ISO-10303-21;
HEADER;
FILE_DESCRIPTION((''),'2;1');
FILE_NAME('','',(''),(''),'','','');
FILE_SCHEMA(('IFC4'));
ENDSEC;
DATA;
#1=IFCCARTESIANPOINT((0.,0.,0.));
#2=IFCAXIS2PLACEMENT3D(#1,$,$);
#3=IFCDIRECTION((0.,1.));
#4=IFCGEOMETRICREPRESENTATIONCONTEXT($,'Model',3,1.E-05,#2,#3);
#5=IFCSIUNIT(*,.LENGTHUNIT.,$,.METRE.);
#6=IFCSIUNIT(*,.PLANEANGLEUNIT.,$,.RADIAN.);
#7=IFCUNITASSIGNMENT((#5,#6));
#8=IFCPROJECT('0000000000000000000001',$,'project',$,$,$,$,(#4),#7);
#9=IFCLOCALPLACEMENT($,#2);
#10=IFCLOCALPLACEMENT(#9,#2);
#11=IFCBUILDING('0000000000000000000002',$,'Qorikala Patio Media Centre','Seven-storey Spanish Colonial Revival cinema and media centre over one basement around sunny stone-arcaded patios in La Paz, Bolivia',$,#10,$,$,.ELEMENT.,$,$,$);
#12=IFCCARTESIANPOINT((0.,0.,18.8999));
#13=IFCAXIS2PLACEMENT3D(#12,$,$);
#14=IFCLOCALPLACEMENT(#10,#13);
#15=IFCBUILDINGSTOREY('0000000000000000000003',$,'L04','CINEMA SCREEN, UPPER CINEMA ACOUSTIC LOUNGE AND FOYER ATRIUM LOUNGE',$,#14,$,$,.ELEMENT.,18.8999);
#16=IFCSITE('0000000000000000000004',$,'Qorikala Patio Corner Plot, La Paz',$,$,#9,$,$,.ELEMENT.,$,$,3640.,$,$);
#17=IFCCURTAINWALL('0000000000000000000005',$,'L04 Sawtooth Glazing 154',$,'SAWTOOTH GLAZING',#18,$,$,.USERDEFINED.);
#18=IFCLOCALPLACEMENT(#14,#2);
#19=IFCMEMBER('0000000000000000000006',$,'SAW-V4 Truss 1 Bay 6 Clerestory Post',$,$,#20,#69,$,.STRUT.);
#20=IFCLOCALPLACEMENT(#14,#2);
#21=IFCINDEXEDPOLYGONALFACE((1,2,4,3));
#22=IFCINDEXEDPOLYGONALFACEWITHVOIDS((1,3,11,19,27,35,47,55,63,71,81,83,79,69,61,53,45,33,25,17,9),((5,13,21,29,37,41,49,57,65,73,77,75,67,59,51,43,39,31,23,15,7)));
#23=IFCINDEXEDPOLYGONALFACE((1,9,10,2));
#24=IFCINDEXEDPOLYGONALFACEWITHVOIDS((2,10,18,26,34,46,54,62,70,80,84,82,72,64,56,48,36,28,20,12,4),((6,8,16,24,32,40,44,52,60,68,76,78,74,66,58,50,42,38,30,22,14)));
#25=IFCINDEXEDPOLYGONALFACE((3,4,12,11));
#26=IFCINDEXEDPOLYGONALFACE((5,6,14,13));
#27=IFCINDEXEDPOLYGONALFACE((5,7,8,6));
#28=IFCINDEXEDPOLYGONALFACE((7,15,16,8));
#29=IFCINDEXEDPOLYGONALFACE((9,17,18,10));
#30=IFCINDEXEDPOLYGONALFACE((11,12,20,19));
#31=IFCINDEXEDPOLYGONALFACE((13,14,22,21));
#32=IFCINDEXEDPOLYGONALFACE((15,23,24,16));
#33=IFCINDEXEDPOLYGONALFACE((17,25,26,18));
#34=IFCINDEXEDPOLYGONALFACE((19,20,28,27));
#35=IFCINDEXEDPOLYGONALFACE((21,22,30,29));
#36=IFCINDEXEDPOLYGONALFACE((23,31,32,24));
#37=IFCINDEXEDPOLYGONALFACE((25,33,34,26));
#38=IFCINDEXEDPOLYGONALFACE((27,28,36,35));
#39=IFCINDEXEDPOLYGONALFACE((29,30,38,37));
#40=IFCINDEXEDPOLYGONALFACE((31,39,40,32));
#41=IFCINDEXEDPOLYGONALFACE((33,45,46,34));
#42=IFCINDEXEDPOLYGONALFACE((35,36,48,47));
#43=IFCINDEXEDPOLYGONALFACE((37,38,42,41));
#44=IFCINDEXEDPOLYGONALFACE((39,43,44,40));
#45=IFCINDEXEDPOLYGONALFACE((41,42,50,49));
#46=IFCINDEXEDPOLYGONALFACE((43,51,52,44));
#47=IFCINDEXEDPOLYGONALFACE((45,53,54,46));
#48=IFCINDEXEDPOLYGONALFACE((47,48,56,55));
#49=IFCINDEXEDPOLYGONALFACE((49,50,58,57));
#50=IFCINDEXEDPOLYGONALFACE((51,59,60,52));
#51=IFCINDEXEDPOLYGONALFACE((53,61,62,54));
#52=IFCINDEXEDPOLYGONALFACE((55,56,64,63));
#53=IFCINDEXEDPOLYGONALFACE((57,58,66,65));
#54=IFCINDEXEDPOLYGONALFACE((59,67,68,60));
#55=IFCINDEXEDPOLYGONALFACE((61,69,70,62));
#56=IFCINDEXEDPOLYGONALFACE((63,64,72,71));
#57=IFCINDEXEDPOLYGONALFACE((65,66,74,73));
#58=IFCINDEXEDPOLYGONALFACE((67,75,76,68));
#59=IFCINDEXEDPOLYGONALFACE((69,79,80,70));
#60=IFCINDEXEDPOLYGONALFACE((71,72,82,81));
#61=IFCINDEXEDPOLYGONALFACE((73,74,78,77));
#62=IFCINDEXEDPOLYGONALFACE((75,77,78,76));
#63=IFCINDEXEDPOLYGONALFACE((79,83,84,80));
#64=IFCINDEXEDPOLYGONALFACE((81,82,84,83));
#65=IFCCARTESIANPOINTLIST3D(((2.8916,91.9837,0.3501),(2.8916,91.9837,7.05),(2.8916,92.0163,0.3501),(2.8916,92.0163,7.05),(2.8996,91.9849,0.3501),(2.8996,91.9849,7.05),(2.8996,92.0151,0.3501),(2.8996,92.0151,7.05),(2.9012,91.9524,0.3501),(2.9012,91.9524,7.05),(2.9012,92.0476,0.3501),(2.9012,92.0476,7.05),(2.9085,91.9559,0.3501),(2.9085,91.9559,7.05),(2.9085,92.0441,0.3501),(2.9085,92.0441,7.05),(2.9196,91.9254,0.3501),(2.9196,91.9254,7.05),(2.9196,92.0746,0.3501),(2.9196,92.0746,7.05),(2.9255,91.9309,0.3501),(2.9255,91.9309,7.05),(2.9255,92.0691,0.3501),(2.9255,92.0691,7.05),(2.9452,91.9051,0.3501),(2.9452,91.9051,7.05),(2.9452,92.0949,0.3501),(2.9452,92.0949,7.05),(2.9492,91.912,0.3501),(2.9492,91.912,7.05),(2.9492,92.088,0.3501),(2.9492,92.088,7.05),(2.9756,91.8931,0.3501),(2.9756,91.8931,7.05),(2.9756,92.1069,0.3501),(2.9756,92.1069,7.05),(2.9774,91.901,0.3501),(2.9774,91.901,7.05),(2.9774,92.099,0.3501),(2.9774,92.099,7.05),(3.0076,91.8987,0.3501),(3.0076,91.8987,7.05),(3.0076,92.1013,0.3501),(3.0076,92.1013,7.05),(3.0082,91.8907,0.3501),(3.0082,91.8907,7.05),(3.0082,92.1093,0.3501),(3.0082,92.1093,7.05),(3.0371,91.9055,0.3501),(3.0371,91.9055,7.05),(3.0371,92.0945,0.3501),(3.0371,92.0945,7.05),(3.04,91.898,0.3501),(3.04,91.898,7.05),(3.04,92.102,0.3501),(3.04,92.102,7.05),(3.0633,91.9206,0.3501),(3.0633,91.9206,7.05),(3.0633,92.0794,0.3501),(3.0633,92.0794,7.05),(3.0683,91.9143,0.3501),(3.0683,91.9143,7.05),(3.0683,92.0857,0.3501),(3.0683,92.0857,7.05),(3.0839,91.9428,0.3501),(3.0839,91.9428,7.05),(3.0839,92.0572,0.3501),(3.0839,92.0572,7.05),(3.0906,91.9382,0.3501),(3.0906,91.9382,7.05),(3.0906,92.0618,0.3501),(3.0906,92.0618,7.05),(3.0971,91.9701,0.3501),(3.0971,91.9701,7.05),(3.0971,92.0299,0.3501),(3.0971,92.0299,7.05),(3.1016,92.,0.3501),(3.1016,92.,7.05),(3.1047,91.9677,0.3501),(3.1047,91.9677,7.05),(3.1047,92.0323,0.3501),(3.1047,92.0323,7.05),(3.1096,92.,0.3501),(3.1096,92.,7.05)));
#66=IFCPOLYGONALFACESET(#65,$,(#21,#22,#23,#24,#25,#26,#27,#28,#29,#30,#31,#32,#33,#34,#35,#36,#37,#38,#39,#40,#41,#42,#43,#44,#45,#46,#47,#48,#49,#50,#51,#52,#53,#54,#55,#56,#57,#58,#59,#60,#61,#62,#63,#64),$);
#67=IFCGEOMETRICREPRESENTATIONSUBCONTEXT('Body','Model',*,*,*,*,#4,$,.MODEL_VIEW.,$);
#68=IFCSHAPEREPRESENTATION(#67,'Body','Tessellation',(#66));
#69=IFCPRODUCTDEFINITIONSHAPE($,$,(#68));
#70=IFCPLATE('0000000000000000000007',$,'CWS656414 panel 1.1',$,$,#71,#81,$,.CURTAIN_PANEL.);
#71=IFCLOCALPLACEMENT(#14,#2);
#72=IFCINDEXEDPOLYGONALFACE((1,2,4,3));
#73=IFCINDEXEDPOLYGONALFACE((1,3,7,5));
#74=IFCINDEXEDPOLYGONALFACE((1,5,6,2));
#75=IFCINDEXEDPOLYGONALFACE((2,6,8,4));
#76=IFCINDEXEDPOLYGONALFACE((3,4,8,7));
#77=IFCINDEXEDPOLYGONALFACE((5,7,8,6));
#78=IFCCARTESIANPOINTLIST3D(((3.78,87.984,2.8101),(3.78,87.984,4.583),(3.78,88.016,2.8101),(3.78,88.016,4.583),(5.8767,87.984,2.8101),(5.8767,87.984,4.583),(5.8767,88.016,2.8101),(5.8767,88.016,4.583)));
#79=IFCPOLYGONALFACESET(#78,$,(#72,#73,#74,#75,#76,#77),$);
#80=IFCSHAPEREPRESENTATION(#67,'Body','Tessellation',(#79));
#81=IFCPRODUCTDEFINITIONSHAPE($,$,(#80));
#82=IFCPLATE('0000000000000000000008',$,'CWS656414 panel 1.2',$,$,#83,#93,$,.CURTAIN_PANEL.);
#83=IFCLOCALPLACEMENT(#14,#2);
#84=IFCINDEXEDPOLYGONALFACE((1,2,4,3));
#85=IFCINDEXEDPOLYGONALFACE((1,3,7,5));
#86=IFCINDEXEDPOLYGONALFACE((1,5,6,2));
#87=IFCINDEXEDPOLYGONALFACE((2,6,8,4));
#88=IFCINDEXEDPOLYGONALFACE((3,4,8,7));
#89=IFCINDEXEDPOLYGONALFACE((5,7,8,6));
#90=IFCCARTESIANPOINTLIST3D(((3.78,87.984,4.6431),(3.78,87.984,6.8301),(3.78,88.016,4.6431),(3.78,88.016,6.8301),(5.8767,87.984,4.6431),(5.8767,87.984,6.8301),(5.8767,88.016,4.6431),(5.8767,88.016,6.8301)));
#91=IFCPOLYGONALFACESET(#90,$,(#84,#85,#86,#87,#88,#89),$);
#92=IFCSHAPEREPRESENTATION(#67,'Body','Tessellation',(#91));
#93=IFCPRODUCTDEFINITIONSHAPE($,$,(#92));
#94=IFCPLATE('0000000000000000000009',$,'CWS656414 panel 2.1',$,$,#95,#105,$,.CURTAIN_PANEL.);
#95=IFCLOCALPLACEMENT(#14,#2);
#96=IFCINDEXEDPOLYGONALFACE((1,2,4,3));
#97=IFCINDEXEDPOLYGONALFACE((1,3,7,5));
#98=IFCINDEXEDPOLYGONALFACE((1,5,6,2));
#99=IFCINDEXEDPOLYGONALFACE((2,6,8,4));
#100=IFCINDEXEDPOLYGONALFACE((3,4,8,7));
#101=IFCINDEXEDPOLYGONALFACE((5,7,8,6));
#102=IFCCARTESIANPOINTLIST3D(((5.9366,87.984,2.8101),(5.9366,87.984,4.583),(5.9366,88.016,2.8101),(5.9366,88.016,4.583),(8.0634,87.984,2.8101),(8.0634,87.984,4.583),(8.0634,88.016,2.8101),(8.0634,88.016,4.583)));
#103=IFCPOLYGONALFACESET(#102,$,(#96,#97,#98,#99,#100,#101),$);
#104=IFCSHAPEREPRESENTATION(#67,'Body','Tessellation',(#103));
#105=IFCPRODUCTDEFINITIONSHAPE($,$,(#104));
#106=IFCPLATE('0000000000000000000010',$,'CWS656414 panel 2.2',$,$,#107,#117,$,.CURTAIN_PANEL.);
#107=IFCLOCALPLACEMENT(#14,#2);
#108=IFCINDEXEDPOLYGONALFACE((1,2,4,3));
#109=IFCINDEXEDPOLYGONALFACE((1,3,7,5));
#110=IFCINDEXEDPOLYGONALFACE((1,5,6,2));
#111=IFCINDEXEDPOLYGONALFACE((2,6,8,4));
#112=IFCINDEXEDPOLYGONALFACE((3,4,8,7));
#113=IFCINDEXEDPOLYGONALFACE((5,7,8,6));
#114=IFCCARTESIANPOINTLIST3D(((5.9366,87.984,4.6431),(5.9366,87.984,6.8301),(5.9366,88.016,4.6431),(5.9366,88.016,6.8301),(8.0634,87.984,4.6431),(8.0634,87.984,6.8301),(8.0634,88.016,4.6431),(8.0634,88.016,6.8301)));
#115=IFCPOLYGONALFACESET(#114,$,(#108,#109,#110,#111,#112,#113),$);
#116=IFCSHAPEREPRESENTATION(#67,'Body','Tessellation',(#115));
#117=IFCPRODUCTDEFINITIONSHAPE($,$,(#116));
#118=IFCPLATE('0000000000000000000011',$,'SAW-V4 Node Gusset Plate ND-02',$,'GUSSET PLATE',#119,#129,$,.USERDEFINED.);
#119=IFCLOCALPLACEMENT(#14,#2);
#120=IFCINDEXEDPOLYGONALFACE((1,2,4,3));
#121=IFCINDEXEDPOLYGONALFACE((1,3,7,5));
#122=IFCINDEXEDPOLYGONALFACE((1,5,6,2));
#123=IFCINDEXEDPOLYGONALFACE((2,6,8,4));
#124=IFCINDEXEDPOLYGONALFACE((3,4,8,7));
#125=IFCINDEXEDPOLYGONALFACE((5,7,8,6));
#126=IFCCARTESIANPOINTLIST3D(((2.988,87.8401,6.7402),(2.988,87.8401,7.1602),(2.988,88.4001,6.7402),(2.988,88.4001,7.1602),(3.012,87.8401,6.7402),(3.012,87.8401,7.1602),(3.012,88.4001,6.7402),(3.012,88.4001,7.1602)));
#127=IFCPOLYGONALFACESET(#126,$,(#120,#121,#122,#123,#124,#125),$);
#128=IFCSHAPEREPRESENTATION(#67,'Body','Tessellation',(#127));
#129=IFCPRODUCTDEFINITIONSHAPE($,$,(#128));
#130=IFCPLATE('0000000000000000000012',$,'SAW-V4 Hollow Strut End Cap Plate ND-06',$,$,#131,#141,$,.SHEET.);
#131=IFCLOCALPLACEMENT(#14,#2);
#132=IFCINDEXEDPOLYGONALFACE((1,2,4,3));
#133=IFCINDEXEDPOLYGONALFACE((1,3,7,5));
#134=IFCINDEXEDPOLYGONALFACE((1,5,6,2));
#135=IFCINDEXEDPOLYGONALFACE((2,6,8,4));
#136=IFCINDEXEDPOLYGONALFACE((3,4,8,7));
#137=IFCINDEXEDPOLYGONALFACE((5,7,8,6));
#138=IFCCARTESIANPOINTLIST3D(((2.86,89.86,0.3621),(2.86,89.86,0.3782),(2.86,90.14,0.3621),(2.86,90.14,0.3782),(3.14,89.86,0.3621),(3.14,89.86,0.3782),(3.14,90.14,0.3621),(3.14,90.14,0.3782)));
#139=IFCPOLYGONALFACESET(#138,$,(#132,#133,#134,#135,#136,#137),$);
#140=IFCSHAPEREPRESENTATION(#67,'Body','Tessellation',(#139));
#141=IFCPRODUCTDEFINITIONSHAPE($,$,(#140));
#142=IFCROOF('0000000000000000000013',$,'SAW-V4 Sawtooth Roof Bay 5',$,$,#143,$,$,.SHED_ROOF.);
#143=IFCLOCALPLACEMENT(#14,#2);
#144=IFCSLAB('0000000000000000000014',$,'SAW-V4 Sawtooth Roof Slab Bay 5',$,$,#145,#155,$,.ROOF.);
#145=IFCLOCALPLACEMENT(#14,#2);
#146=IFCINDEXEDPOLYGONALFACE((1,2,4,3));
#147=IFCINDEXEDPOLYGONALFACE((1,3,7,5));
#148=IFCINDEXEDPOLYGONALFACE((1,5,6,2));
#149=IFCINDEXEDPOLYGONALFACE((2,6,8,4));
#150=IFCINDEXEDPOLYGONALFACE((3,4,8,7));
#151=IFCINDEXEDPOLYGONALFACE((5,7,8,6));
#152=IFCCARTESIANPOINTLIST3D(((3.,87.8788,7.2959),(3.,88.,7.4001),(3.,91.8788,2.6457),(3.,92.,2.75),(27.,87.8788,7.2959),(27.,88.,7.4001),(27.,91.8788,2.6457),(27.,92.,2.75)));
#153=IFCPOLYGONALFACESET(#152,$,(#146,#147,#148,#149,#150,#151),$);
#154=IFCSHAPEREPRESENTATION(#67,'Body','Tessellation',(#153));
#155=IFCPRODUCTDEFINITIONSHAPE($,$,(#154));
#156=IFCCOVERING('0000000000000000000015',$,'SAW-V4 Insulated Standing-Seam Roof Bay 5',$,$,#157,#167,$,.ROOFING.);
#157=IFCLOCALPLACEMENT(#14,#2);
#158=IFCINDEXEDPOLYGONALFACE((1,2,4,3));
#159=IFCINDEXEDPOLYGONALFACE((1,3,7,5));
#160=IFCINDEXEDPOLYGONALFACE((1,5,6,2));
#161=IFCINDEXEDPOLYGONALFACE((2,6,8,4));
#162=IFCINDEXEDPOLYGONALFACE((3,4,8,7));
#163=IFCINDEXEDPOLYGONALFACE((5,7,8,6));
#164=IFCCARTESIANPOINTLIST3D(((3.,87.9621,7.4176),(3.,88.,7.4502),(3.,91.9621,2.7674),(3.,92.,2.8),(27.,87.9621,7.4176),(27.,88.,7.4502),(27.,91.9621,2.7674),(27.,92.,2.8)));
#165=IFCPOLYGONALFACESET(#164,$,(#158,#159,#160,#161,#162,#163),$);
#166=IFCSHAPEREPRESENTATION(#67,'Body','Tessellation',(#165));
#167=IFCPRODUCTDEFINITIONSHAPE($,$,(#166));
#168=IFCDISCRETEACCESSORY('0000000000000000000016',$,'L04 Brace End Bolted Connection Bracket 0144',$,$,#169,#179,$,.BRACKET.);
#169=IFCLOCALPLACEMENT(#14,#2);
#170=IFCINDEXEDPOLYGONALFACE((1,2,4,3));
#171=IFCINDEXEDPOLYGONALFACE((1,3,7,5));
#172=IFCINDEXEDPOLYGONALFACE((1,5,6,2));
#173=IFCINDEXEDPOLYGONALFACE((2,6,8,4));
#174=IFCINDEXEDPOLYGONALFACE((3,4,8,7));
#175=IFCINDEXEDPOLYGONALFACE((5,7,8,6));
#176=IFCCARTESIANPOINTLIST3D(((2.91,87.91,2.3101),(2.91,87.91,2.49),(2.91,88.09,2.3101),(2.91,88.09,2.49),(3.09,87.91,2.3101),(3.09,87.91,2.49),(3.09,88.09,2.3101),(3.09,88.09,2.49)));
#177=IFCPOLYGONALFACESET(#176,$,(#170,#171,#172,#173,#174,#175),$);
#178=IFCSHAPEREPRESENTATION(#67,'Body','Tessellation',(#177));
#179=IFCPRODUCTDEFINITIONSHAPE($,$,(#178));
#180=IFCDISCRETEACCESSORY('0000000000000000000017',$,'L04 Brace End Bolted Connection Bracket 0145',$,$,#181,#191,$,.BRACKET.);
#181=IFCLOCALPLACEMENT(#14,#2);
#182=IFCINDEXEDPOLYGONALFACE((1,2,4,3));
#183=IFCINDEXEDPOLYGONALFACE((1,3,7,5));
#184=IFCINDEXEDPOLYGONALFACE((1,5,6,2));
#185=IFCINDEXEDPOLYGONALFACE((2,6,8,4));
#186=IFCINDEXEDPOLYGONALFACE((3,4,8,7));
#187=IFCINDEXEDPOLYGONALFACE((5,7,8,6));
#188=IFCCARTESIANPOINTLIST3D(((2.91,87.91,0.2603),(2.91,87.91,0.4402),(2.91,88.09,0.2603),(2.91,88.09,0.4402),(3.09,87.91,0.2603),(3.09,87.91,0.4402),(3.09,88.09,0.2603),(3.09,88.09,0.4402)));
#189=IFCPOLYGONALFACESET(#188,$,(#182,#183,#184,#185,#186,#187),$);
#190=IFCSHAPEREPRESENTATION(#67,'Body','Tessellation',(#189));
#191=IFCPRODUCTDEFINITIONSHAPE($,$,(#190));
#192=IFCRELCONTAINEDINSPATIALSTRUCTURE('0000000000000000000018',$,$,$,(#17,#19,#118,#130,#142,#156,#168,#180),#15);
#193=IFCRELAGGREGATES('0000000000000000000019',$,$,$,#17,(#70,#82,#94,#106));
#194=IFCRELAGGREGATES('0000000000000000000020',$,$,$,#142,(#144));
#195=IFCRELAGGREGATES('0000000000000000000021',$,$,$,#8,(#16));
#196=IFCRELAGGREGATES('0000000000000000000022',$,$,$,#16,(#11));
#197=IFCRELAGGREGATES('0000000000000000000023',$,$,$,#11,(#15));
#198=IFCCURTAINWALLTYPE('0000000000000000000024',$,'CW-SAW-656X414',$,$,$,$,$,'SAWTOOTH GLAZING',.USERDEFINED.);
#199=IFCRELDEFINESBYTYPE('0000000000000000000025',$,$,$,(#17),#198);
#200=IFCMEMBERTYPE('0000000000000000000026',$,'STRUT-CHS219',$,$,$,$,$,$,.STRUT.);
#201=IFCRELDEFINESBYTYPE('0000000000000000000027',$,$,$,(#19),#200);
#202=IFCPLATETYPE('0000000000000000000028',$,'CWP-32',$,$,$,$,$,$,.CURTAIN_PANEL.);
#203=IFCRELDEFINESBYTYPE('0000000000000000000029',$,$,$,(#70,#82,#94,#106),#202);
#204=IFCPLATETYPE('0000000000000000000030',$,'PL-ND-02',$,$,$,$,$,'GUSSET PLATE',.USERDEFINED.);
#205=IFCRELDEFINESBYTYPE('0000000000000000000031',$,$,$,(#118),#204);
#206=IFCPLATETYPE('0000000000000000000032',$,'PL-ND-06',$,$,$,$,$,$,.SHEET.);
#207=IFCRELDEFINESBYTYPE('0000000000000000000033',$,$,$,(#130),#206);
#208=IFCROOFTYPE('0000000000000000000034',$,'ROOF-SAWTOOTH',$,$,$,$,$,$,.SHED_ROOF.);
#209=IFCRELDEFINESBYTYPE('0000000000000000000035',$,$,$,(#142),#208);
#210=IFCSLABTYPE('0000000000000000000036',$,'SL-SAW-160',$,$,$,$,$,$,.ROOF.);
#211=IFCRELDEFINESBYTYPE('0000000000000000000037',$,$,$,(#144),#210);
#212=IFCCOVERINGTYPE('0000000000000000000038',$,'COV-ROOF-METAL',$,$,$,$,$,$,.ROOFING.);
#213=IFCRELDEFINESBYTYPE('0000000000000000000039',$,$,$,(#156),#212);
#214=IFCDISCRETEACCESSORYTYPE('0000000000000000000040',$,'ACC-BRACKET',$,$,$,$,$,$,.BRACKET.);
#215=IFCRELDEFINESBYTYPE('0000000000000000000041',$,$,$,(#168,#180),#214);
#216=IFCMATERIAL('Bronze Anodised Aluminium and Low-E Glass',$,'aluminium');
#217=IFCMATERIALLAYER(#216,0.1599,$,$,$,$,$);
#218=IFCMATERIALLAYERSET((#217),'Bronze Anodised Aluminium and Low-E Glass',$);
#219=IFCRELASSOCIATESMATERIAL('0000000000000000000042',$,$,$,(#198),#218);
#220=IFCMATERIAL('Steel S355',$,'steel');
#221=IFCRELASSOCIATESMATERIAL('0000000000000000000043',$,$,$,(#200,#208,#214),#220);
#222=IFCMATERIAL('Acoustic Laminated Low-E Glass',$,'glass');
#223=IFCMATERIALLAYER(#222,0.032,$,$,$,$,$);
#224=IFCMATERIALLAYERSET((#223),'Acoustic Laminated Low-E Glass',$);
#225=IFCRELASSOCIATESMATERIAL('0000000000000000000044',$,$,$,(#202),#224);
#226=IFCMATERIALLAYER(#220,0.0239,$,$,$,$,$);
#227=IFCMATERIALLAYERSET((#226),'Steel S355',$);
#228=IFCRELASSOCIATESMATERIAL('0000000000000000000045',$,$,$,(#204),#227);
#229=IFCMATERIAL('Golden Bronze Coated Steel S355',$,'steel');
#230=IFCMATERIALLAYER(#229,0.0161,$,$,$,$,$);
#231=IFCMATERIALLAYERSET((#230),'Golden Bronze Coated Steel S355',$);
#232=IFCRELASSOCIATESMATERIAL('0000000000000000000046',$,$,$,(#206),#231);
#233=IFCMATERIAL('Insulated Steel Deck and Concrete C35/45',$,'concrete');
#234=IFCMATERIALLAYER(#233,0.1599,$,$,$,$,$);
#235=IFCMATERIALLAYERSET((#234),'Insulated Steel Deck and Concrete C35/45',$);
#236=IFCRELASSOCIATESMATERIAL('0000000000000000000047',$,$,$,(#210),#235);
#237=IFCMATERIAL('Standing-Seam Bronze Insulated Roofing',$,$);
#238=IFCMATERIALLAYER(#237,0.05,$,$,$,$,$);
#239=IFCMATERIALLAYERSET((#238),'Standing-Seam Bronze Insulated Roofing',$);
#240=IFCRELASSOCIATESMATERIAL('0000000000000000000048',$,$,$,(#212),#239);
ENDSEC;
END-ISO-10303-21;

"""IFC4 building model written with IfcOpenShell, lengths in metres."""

from ifc_helpers import new_model, si_unit, direction, frame, origin, origin_2d, place, context, subcontext, project, spatial, polyline, rectangle, hollow_circle, outline, extrude, material, layer, layer_set, material_profile, profile_set, type_object, element, aggregate, save


model = new_model("IFC4")

# Units and contexts
model_context = context("Model", 3, precision=1e-05, world=origin(), true_north=direction((0.0, 1.0)))
body_context = subcontext(model_context, "Body", "Model", "MODEL_VIEW")
ifc_project = project(units=[si_unit("LENGTHUNIT", "METRE"), si_unit("PLANEANGLEUNIT", "RADIAN")], contexts=[model_context])

# Site, building, storey
site_placement = place(None, origin())
site = spatial("IfcSite", under=ifc_project, at=site_placement, Name="Qorikala Patio Corner Plot, La Paz", CompositionType="ELEMENT", RefElevation=3640.0)
building_placement = place(site_placement, origin())
building = spatial("IfcBuilding", under=site, at=building_placement, Name="Qorikala Patio Media Centre", Description="Seven-storey Spanish Colonial Revival cinema and media centre over one basement around sunny stone-arcaded patios in La Paz, Bolivia", CompositionType="ELEMENT")
storey_placement = place(building_placement, frame((0.0, 0.0, 18.8999)))
storey = spatial("IfcBuildingStorey", under=building, at=storey_placement, Name="L04", Description="CINEMA SCREEN, UPPER CINEMA ACOUSTIC LOUNGE AND FOYER ATRIUM LOUNGE", CompositionType="ELEMENT", Elevation=18.8999)

# Shared definitions
ifc_material_1 = material(Name="Steel S355", Category="steel")

# Curtain wall
ifc_material_2 = material(Name="Bronze Anodised Aluminium and Low-E Glass", Category="aluminium")
ifc_layer_1 = layer(ifc_material_2, 0.1599)
ifc_layer_set_1 = layer_set([ifc_layer_1], Name="Bronze Anodised Aluminium and Low-E Glass")
curtain_wall_type = type_object("IfcCurtainWallType", Name="CW-SAW-656X414", ElementType="SAWTOOTH GLAZING", PredefinedType="USERDEFINED", material=ifc_layer_set_1)
curtain_wall_placement = place(storey_placement, origin())
curtain_wall = element("IfcCurtainWall", 1, at=curtain_wall_placement, inside=storey, type_object=curtain_wall_type, Name="L04 Sawtooth Glazing 154", ObjectType="SAWTOOTH GLAZING", PredefinedType="USERDEFINED")

# Member
ifc_material_profile_1 = material_profile(ifc_material_1, hollow_circle(Radius=0.1096, WallThickness=0.0081, at=origin_2d()), Name="CHS219X8")
ifc_profile_set_1 = profile_set([ifc_material_profile_1], Name="Steel S355")
member_type_1 = type_object("IfcMemberType", Name="STRUT-CHS219", PredefinedType="STRUT", material=ifc_profile_set_1)
member_1_placement = place(storey_placement, frame((3.0, 92.0, 0.3501), z_axis=(0.0, 0.0, 1.0), x_axis=(1.0, 0.0, 0.0)))
element("IfcMember", 2, at=member_1_placement, inside=storey, type_object=member_type_1, Name="SAW-V4 Truss 1 Bay 6 Clerestory Post", PredefinedType="STRUT", context=body_context, shape_type="SweptSolid", body=[
    extrude(hollow_circle(Radius=0.1096, WallThickness=0.0081, at=origin_2d()), origin(), (0.0, 0.0, 1.0), 6.7),
])

# Plates
ifc_material_3 = material(Name="Acoustic Laminated Low-E Glass", Category="glass")
ifc_layer_2 = layer(ifc_material_3, 0.032)
ifc_layer_set_2 = layer_set([ifc_layer_2], Name="Acoustic Laminated Low-E Glass")
plate_type_1 = type_object("IfcPlateType", Name="CWP-32", PredefinedType="CURTAIN_PANEL", material=ifc_layer_set_2)
plate_1_placement = place(storey_placement, frame((4.8284, 88.0, 2.8101), z_axis=(0.0, 0.0, 1.0), x_axis=(1.0, 0.0, 0.0)))
plate_1 = element("IfcPlate", 3, at=plate_1_placement, type_object=plate_type_1, Name="CWS656414 panel 1.1", PredefinedType="CURTAIN_PANEL", context=body_context, shape_type="SweptSolid", body=[
    extrude(rectangle(XDim=2.0967, YDim=0.032, at=origin_2d()), origin(), (0.0, 0.0, 1.0), 1.7729),
])
plate_2_placement = place(storey_placement, frame((4.8284, 88.0, 4.6431), z_axis=(0.0, 0.0, 1.0), x_axis=(1.0, 0.0, 0.0)))
plate_2 = element("IfcPlate", 4, at=plate_2_placement, type_object=plate_type_1, Name="CWS656414 panel 1.2", PredefinedType="CURTAIN_PANEL", context=body_context, shape_type="SweptSolid", body=[
    extrude(rectangle(XDim=2.0967, YDim=0.032, at=origin_2d()), origin(), (0.0, 0.0, 1.0), 2.187),
])
plate_3_placement = place(storey_placement, frame((7.0, 88.0, 2.8101), z_axis=(0.0, 0.0, 1.0), x_axis=(1.0, 0.0, 0.0)))
plate_3 = element("IfcPlate", 5, at=plate_3_placement, type_object=plate_type_1, Name="CWS656414 panel 2.1", PredefinedType="CURTAIN_PANEL", context=body_context, shape_type="SweptSolid", body=[
    extrude(rectangle(XDim=2.1267, YDim=0.032, at=origin_2d()), origin(), (0.0, 0.0, 1.0), 1.7729),
])
plate_4_placement = place(storey_placement, frame((7.0, 88.0, 4.6431), z_axis=(0.0, 0.0, 1.0), x_axis=(1.0, 0.0, 0.0)))
plate_4 = element("IfcPlate", 6, at=plate_4_placement, type_object=plate_type_1, Name="CWS656414 panel 2.2", PredefinedType="CURTAIN_PANEL", context=body_context, shape_type="SweptSolid", body=[
    extrude(rectangle(XDim=2.1267, YDim=0.032, at=origin_2d()), origin(), (0.0, 0.0, 1.0), 2.187),
])
aggregate(curtain_wall, [plate_1, plate_2, plate_3, plate_4])

# Plates
ifc_layer_3 = layer(ifc_material_1, 0.0239)
ifc_layer_set_3 = layer_set([ifc_layer_3], Name="Steel S355")
plate_type_2 = type_object("IfcPlateType", Name="PL-ND-02", ElementType="GUSSET PLATE", PredefinedType="USERDEFINED", material=ifc_layer_set_3)
plate_5_placement = place(storey_placement, frame((3.0, 88.1201, 6.7402), z_axis=(0.0, 0.0, 1.0), x_axis=(1.0, 0.0, 0.0)))
element("IfcPlate", 7, at=plate_5_placement, inside=storey, type_object=plate_type_2, Name="SAW-V4 Node Gusset Plate ND-02", ObjectType="GUSSET PLATE", PredefinedType="USERDEFINED", context=body_context, shape_type="SweptSolid", body=[
    extrude(rectangle(XDim=0.0239, YDim=0.5601, at=origin_2d()), origin(), (0.0, 0.0, 1.0), 0.4199),
])
ifc_material_4 = material(Name="Golden Bronze Coated Steel S355", Category="steel")
ifc_layer_4 = layer(ifc_material_4, 0.0161)
ifc_layer_set_4 = layer_set([ifc_layer_4], Name="Golden Bronze Coated Steel S355")
plate_type_3 = type_object("IfcPlateType", Name="PL-ND-06", PredefinedType="SHEET", material=ifc_layer_set_4)
plate_6_placement = place(storey_placement, frame((3.0, 90.0, 0.3621), z_axis=(0.0, 0.0, 1.0), x_axis=(1.0, 0.0, 0.0)))
element("IfcPlate", 8, at=plate_6_placement, inside=storey, type_object=plate_type_3, Name="SAW-V4 Hollow Strut End Cap Plate ND-06", PredefinedType="SHEET", context=body_context, shape_type="SweptSolid", body=[
    extrude(rectangle(XDim=0.28, YDim=0.28, at=origin_2d()), origin(), (0.0, 0.0, 1.0), 0.0161),
])

# Roof, slab
roof_type = type_object("IfcRoofType", Name="ROOF-SAWTOOTH", PredefinedType="SHED_ROOF", material=ifc_material_1)
roof_placement = place(storey_placement, origin())
roof = element("IfcRoof", 9, at=roof_placement, inside=storey, type_object=roof_type, Name="SAW-V4 Sawtooth Roof Bay 5", PredefinedType="SHED_ROOF")
ifc_material_5 = material(Name="Insulated Steel Deck and Concrete C35/45", Category="concrete")
ifc_layer_5 = layer(ifc_material_5, 0.1599)
ifc_layer_set_5 = layer_set([ifc_layer_5], Name="Insulated Steel Deck and Concrete C35/45")
slab_type = type_object("IfcSlabType", Name="SL-SAW-160", PredefinedType="ROOF", material=ifc_layer_set_5)
slab_placement = place(storey_placement, frame((3.0, 88.0, 7.4001), z_axis=(0.0, 0.758115, 0.652121), x_axis=(1.0, 0.0, 0.0)))
slab = element("IfcSlab", 10, at=slab_placement, type_object=slab_type, Name="SAW-V4 Sawtooth Roof Slab Bay 5", PredefinedType="ROOF", context=body_context, shape_type="SweptSolid", body=[
    extrude(outline(polyline([(0.0, 0.0), (24.0, 0.0), (24.0, 6.1338), (0.0, 6.1338), (0.0, 0.0)])), origin(), (0.0, 0.0, -1.0), 0.1599),
])
aggregate(roof, [slab])

# Covering
ifc_material_6 = material(Name="Standing-Seam Bronze Insulated Roofing")
ifc_layer_6 = layer(ifc_material_6, 0.05)
ifc_layer_set_6 = layer_set([ifc_layer_6], Name="Standing-Seam Bronze Insulated Roofing")
covering_type = type_object("IfcCoveringType", Name="COV-ROOF-METAL", PredefinedType="ROOFING", material=ifc_layer_set_6)
covering_placement = place(storey_placement, frame((3.0, 88.0, 7.4502), z_axis=(0.0, 0.758115, 0.652121), x_axis=(1.0, 0.0, 0.0)))
element("IfcCovering", 11, at=covering_placement, inside=storey, type_object=covering_type, Name="SAW-V4 Insulated Standing-Seam Roof Bay 5", PredefinedType="ROOFING", context=body_context, shape_type="SweptSolid", body=[
    extrude(outline(polyline([(0.0, 0.0), (24.0, 0.0), (24.0, 6.1338), (0.0, 6.1338), (0.0, 0.0)])), origin(), (0.0, 0.0, -1.0), 0.05),
])

# Discrete accessories
discrete_accessory_type = type_object("IfcDiscreteAccessoryType", Name="ACC-BRACKET", PredefinedType="BRACKET", material=ifc_material_1)
for number, where, z_axis, x_axis, name in (
    (12, (3.0, 88.0, 2.3101), (0.0, 0.0, 1.0), (1.0, 0.0, 0.0), "L04 Brace End Bolted Connection Bracket 0144"),
    (13, (3.0, 88.0, 0.2603), (0.0, 0.0, 1.0), (1.0, 0.0, 0.0), "L04 Brace End Bolted Connection Bracket 0145"),
):
    element("IfcDiscreteAccessory", number, at=place(storey_placement, frame(where, z_axis=z_axis, x_axis=x_axis)), inside=storey, type_object=discrete_accessory_type, Name=name, PredefinedType="BRACKET", context=body_context, shape_type="SweptSolid", body=[
        extrude(rectangle(XDim=0.1799, YDim=0.1799, at=origin_2d()), origin(), (0.0, 0.0, 1.0), 0.1799),
    ])

save(model, "model.ifc")
